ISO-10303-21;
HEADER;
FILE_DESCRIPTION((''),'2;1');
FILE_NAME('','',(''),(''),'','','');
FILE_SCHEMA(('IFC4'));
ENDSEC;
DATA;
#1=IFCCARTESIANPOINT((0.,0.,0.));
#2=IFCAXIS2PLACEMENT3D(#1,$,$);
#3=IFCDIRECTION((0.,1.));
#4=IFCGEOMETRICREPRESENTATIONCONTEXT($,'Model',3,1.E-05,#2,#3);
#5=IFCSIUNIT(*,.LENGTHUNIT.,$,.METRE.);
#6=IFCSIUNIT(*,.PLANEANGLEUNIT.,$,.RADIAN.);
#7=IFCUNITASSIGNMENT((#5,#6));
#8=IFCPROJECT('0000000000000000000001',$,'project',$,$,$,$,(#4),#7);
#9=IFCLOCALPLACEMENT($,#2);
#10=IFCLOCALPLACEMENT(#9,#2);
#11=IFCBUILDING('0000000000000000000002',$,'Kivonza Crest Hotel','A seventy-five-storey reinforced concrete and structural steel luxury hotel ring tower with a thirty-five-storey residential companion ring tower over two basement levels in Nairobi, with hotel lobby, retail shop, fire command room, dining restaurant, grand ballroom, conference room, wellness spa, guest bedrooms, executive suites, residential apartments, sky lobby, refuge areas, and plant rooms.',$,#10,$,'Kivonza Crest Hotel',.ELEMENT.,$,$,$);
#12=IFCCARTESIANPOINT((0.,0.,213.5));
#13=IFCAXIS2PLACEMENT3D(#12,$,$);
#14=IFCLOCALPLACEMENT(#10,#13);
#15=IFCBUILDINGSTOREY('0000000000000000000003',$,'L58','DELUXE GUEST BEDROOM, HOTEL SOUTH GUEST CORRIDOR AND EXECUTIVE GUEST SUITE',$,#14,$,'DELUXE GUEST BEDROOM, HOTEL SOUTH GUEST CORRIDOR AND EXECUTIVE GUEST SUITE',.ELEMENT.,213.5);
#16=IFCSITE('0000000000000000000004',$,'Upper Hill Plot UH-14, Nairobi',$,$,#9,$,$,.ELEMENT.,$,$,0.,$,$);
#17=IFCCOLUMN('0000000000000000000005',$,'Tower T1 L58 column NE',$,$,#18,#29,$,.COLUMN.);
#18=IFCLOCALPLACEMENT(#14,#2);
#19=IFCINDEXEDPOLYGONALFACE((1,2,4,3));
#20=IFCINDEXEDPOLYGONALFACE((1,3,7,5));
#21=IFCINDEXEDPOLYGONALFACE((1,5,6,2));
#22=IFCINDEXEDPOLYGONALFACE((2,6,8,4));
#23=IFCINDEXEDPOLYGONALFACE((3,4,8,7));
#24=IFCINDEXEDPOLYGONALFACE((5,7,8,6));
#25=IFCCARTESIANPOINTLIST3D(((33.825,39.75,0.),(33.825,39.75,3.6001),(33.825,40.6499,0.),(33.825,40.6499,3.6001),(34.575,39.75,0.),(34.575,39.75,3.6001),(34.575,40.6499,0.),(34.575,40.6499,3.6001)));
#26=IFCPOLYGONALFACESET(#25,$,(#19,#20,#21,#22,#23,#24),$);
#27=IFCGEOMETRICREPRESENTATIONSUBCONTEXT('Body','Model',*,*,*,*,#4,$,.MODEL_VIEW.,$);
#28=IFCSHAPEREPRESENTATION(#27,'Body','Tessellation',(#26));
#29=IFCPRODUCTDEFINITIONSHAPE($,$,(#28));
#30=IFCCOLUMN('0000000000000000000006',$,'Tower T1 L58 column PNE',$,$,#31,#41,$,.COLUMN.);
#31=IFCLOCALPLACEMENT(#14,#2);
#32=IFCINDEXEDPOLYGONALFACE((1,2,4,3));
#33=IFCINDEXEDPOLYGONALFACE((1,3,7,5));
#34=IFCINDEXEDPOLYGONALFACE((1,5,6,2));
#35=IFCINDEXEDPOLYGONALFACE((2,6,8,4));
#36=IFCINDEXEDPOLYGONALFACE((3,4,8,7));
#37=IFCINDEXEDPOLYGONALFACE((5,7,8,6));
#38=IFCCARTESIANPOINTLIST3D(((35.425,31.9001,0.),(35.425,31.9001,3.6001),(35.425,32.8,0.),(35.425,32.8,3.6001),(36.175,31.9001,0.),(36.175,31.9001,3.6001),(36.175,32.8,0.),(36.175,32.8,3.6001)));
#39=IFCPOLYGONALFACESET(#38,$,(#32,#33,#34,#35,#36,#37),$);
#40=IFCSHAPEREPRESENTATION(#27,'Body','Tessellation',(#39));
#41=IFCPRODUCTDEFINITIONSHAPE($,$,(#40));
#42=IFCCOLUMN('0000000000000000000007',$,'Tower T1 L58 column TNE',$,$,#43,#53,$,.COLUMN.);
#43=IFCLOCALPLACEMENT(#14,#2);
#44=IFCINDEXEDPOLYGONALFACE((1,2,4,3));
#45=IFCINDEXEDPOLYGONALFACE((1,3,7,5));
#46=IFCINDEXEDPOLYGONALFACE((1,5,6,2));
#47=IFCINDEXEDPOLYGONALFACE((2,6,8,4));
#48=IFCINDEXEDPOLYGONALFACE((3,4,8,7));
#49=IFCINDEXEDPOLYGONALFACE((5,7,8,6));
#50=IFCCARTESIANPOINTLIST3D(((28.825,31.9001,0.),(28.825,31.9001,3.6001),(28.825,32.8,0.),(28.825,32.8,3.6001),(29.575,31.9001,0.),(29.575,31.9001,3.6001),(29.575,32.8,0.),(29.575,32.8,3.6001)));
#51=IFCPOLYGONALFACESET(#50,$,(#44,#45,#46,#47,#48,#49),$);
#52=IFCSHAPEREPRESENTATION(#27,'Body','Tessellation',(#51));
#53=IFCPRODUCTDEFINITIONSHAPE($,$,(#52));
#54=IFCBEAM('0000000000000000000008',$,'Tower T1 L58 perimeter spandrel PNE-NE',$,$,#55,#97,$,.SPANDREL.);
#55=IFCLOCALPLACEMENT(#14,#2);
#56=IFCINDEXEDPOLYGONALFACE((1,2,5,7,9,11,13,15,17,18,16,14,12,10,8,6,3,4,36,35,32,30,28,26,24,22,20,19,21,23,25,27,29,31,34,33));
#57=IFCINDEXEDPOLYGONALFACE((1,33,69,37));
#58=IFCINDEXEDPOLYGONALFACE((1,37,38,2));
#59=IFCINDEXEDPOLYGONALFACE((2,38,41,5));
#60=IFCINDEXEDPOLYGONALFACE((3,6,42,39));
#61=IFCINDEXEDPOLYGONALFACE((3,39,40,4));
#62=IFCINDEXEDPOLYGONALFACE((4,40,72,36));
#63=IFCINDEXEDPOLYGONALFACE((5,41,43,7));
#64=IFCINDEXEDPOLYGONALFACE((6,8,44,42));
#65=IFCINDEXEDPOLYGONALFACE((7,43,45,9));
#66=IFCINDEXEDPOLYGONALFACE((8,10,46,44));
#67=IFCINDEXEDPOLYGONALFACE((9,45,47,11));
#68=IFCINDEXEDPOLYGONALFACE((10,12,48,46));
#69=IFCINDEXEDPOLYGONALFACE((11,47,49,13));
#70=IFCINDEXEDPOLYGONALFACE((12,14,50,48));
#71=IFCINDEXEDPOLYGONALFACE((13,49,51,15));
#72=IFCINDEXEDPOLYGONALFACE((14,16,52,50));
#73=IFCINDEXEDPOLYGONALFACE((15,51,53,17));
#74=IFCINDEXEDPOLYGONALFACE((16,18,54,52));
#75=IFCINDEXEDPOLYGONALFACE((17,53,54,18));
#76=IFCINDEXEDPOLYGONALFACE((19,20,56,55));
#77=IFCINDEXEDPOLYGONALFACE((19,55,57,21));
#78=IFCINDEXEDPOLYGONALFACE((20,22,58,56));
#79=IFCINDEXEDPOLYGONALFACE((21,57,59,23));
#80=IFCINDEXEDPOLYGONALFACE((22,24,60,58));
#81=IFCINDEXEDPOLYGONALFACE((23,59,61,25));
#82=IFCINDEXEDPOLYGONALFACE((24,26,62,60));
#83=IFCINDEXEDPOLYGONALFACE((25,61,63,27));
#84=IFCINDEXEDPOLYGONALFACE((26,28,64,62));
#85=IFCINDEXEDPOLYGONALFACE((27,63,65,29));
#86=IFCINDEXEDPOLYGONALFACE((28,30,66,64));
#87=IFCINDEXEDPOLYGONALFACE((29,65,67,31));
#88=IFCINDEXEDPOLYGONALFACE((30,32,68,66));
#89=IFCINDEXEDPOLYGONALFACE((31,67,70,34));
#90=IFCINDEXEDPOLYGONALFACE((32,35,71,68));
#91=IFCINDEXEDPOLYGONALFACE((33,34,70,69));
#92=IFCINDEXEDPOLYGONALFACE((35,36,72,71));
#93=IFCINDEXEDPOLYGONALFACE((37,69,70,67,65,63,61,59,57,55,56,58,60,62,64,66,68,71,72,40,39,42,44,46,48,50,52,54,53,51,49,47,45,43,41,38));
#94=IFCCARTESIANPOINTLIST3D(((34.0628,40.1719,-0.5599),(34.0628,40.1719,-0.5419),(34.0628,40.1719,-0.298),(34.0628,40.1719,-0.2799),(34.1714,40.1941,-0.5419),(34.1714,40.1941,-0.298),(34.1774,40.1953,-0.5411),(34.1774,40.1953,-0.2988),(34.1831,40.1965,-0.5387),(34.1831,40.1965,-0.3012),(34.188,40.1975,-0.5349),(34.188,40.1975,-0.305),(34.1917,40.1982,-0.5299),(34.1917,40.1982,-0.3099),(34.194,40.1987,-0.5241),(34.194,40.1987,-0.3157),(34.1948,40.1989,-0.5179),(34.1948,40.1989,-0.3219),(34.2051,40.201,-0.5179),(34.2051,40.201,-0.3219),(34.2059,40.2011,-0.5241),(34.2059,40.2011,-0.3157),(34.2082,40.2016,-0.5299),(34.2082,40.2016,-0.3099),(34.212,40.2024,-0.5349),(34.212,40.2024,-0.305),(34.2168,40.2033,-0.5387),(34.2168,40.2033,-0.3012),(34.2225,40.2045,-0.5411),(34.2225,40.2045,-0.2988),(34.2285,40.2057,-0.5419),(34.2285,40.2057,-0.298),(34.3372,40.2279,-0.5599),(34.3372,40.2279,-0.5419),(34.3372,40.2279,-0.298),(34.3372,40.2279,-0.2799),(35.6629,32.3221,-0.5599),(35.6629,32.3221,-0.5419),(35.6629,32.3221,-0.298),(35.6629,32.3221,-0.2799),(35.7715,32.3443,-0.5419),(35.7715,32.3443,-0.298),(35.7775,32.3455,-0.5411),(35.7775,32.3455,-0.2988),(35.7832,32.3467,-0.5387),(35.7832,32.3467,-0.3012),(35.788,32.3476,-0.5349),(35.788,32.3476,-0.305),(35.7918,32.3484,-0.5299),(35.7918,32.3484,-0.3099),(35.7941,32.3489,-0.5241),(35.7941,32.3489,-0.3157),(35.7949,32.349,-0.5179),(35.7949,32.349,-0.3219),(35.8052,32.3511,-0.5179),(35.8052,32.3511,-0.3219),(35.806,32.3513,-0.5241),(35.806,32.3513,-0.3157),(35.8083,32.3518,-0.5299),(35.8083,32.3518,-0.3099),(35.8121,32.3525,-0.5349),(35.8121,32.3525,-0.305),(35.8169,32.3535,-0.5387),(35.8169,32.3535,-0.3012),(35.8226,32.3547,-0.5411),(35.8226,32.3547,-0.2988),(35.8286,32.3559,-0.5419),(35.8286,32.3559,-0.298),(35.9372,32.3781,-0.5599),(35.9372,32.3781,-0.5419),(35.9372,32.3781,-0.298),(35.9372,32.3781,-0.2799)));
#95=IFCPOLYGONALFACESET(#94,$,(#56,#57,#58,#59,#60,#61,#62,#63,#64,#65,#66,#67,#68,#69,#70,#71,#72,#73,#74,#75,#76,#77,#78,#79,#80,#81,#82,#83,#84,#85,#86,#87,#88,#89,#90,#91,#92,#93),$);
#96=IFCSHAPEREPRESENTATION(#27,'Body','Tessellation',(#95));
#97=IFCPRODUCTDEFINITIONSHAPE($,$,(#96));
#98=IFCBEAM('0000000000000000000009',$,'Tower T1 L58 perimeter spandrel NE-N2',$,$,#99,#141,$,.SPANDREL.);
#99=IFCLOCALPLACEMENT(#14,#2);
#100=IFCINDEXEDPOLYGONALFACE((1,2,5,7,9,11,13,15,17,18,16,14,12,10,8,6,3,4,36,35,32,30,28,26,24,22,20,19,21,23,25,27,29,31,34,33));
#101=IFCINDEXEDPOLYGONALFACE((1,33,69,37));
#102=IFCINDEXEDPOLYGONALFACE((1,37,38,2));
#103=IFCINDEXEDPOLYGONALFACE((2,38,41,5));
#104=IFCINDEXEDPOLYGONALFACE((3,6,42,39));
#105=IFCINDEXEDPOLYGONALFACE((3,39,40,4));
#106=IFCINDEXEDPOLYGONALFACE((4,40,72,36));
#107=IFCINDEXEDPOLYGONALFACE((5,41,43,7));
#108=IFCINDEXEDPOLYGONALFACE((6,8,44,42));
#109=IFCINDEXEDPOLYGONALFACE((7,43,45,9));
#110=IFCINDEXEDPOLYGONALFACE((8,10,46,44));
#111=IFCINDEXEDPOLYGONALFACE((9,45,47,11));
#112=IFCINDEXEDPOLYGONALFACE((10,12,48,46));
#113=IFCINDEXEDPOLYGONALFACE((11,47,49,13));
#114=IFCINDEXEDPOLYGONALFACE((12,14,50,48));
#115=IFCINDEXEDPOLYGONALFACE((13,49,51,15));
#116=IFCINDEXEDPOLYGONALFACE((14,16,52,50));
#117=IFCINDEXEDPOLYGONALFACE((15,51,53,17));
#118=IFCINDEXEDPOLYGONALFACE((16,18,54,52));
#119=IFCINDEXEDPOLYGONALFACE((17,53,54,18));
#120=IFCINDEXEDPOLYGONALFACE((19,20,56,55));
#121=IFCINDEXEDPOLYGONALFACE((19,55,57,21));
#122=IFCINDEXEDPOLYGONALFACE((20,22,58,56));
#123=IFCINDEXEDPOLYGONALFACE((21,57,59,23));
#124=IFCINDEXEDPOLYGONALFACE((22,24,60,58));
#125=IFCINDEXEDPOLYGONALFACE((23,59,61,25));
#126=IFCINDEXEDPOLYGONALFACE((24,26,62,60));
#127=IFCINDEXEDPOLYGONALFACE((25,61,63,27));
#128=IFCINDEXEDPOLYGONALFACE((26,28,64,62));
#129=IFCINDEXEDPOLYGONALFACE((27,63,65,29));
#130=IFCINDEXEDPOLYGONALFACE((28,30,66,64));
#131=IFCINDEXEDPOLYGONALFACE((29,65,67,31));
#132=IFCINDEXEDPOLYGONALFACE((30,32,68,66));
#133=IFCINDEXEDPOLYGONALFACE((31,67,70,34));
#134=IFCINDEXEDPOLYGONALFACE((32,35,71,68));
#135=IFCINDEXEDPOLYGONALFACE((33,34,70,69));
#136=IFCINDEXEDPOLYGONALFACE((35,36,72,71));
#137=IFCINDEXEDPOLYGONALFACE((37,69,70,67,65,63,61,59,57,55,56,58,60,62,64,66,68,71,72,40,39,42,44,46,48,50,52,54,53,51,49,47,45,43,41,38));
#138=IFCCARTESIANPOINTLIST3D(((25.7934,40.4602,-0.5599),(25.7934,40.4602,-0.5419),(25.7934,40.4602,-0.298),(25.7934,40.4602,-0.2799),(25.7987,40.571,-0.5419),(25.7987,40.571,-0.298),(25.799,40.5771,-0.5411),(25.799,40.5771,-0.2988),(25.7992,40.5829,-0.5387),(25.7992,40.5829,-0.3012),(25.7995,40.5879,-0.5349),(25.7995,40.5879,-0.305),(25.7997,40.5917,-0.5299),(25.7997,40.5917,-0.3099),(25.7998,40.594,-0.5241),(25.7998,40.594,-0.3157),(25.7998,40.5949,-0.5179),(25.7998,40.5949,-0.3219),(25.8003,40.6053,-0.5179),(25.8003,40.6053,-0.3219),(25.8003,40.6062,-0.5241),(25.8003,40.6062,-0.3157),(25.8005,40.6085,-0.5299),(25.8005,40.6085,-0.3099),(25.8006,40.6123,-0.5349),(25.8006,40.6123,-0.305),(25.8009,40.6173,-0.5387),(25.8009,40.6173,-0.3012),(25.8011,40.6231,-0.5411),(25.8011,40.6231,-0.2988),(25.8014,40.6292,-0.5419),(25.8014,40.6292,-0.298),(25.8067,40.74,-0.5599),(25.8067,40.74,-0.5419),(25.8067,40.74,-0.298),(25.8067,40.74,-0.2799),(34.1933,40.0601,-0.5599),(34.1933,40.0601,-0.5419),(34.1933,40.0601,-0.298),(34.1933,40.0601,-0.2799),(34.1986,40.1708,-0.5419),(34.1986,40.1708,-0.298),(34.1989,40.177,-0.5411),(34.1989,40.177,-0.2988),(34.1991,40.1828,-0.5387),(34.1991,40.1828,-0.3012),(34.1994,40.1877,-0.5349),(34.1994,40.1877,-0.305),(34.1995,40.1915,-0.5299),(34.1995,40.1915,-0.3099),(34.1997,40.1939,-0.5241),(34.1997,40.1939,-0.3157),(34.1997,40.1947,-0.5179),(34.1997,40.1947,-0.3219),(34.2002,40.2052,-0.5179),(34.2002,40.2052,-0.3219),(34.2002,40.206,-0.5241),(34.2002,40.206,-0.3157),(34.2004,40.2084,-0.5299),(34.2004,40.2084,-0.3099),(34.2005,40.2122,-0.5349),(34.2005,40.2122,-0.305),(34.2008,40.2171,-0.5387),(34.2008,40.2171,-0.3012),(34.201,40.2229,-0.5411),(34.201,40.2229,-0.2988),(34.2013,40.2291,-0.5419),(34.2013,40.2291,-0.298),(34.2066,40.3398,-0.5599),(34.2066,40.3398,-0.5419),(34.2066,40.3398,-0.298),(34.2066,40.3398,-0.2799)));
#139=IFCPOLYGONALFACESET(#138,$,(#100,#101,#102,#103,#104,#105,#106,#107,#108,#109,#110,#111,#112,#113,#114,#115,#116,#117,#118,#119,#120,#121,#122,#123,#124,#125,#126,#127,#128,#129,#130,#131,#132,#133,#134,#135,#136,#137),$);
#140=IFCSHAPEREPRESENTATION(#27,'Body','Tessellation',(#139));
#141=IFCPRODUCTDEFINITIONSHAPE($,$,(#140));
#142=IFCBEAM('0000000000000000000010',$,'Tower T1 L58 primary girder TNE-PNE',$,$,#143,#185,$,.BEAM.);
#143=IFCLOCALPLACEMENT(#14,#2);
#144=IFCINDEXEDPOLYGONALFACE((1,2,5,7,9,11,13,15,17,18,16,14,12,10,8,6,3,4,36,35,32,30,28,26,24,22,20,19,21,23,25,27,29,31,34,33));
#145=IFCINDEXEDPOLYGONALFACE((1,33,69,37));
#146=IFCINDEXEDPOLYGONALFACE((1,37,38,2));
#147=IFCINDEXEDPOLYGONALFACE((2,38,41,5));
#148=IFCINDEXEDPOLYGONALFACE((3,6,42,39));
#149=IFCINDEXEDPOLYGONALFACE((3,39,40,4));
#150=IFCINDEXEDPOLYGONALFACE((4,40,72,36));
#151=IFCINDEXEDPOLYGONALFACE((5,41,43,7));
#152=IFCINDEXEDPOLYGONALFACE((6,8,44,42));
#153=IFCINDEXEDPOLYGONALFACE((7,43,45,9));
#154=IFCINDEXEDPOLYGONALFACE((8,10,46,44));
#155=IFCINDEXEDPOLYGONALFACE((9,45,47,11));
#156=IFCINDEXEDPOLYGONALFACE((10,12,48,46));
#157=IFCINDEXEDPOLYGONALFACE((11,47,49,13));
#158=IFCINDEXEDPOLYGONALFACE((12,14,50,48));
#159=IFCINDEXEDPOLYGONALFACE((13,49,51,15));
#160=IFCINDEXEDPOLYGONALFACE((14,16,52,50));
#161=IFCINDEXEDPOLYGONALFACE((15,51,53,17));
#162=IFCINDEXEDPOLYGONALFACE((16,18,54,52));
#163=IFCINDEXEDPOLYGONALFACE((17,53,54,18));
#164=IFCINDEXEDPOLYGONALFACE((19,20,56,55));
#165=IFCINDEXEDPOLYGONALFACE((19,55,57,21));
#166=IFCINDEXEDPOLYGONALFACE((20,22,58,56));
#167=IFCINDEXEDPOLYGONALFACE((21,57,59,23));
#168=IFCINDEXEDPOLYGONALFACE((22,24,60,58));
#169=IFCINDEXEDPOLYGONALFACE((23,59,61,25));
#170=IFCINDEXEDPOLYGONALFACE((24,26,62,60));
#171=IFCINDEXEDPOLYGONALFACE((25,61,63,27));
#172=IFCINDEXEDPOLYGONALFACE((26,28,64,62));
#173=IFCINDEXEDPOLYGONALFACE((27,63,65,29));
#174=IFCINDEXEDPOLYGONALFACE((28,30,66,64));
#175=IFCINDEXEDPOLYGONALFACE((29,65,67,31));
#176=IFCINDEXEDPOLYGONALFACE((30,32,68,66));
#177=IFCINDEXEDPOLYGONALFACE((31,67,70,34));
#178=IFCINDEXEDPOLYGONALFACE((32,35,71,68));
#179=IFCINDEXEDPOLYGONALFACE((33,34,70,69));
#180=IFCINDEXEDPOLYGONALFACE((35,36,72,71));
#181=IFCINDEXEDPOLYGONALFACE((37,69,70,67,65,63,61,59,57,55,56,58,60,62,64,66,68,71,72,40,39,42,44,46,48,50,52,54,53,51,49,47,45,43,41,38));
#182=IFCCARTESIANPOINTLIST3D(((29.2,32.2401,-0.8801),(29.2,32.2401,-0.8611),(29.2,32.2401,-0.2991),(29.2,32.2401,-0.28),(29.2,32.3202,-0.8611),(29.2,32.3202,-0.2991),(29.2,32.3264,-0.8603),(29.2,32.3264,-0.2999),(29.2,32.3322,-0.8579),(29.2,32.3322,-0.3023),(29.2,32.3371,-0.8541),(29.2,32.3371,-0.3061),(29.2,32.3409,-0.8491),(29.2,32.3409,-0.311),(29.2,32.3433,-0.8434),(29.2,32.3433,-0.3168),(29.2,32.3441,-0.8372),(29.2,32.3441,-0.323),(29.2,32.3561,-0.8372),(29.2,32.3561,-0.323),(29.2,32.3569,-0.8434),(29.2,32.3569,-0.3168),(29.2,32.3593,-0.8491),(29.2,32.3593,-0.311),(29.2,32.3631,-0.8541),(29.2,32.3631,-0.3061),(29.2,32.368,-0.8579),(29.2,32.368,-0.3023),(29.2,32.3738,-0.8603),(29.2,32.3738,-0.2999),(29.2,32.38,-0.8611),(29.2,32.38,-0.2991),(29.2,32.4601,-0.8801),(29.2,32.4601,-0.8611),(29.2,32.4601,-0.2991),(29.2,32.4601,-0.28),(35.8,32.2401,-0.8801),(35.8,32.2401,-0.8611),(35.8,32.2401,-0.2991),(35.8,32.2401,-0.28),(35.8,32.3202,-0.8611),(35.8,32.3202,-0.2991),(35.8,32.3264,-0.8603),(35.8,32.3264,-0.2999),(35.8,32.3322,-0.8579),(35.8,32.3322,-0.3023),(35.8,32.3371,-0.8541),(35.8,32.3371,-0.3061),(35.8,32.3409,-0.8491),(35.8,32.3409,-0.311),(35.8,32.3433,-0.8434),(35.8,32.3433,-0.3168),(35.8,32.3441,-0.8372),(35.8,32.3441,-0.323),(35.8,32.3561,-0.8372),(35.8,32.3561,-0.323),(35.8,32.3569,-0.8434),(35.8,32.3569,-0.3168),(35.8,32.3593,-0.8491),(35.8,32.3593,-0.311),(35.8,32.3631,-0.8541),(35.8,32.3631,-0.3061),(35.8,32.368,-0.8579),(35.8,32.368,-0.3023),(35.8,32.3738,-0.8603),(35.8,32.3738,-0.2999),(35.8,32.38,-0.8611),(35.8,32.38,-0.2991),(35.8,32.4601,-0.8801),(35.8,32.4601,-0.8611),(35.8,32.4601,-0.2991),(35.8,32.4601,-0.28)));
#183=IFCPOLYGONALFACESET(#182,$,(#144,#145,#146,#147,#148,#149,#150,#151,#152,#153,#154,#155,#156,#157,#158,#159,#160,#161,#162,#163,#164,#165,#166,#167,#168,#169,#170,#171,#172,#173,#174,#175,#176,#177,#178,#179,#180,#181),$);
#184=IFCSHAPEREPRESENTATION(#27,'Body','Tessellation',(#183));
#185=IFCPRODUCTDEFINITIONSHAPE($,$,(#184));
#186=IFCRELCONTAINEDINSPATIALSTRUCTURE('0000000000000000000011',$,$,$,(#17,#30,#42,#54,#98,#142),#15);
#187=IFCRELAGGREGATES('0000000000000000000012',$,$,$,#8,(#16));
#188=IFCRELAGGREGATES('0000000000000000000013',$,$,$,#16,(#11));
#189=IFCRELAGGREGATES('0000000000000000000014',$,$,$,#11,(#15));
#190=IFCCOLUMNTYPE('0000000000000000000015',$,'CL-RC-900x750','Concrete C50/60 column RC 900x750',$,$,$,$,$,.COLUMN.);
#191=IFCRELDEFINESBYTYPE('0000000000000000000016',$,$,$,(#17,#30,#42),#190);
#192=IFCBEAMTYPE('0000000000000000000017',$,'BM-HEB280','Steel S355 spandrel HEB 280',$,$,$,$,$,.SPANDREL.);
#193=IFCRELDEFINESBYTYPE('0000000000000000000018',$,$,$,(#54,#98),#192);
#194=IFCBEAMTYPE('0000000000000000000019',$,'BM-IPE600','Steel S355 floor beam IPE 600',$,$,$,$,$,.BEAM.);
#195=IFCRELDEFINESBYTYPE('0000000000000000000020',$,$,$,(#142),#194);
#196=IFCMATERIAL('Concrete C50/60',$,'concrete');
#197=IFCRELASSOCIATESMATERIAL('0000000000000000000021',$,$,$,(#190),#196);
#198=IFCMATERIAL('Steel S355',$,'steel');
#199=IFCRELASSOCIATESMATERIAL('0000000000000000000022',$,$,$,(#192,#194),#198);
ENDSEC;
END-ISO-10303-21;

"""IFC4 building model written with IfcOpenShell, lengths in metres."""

from ifc_helpers import new_model, si_unit, direction, frame, origin, origin_2d, place, context, subcontext, project, spatial, rectangle, i_section, extrude, material, material_profile, profile_set, type_object, element, save


model = new_model("IFC4")

# Units and contexts
model_context = context("Model", 3, precision=1e-05, world=origin(), true_north=direction((0.0, 1.0)))
body_context = subcontext(model_context, "Body", "Model", "MODEL_VIEW")
ifc_project = project(units=[si_unit("LENGTHUNIT", "METRE"), si_unit("PLANEANGLEUNIT", "RADIAN")], contexts=[model_context])

# Site, building, storey
site_placement = place(None, origin())
site = spatial("IfcSite", under=ifc_project, at=site_placement, Name="Upper Hill Plot UH-14, Nairobi", CompositionType="ELEMENT", RefElevation=0.0)
building_placement = place(site_placement, origin())
building = spatial("IfcBuilding", under=site, at=building_placement, Name="Kivonza Crest Hotel", Description="A seventy-five-storey reinforced concrete and structural steel luxury hotel ring tower with a thirty-five-storey residential companion ring tower over two basement levels in Nairobi, with hotel lobby, retail shop, fire command room, dining restaurant, grand ballroom, conference room, wellness spa, guest bedrooms, executive suites, residential apartments, sky lobby, refuge areas, and plant rooms.", LongName="Kivonza Crest Hotel", CompositionType="ELEMENT")
storey_placement = place(building_placement, frame((0.0, 0.0, 213.5)))
storey = spatial("IfcBuildingStorey", under=building, at=storey_placement, Name="L58", Description="DELUXE GUEST BEDROOM, HOTEL SOUTH GUEST CORRIDOR AND EXECUTIVE GUEST SUITE", LongName="DELUXE GUEST BEDROOM, HOTEL SOUTH GUEST CORRIDOR AND EXECUTIVE GUEST SUITE", CompositionType="ELEMENT", Elevation=213.5)

# Columns
ifc_material_1 = material(Name="Concrete C50/60", Category="concrete")
ifc_material_profile_1 = material_profile(ifc_material_1, rectangle(XDim=0.75, YDim=0.8999, at=origin_2d()), Name="RC 900x750")
ifc_profile_set_1 = profile_set([ifc_material_profile_1], Name="Concrete C50/60")
column_type = type_object("IfcColumnType", Name="CL-RC-900x750", Description="Concrete C50/60 column RC 900x750", PredefinedType="COLUMN", material=ifc_profile_set_1)
for number, where, z_axis, x_axis, name in (
    (1, (34.2, 40.2, 0.0), (0.0, 0.0, 1.0), (1.0, 0.0, 0.0), "Tower T1 L58 column NE"),
    (2, (35.8, 32.3501, 0.0), (0.0, 0.0, 1.0), (1.0, 0.0, 0.0), "Tower T1 L58 column PNE"),
    (3, (29.2, 32.3501, 0.0), (0.0, 0.0, 1.0), (1.0, 0.0, 0.0), "Tower T1 L58 column TNE"),
):
    element("IfcColumn", number, at=place(storey_placement, frame(where, z_axis=z_axis, x_axis=x_axis)), inside=storey, type_object=column_type, Name=name, PredefinedType="COLUMN", context=body_context, shape_type="SweptSolid", body=[
        extrude(rectangle(XDim=0.75, YDim=0.8999, at=origin_2d()), origin(), (0.0, 0.0, 1.0), 3.6001),
    ])

# Beams
ifc_material_2 = material(Name="Steel S355", Category="steel")
ifc_material_profile_2 = material_profile(ifc_material_2, i_section(OverallWidth=0.28, OverallDepth=0.28, WebThickness=0.0105, FlangeThickness=0.0181, FilletRadius=0.0239, at=origin_2d()), Name="HEB 280")
ifc_profile_set_2 = profile_set([ifc_material_profile_2], Name="Steel S355")
beam_type_1 = type_object("IfcBeamType", Name="BM-HEB280", Description="Steel S355 spandrel HEB 280", PredefinedType="SPANDREL", material=ifc_profile_set_2)
beam_1_placement = place(storey_placement, frame((35.8, 32.3501, -0.4199), z_axis=(-0.199731, 0.979851, 0.0), x_axis=(-0.979851, -0.199731, 0.0)))
element("IfcBeam", 4, at=beam_1_placement, inside=storey, type_object=beam_type_1, Name="Tower T1 L58 perimeter spandrel PNE-NE", PredefinedType="SPANDREL", context=body_context, shape_type="SweptSolid", body=[
    extrude(i_section(OverallWidth=0.28, OverallDepth=0.28, WebThickness=0.0105, FlangeThickness=0.0181, FilletRadius=0.0239, at=origin_2d()), origin(), (0.0, 0.0, 1.0), 8.0112),
])
beam_2_placement = place(storey_placement, frame((34.2, 40.2, -0.4199), z_axis=(-0.998867, 0.047583, 0.0), x_axis=(-0.047583, -0.998867, 0.0)))
element("IfcBeam", 5, at=beam_2_placement, inside=storey, type_object=beam_type_1, Name="Tower T1 L58 perimeter spandrel NE-N2", PredefinedType="SPANDREL", context=body_context, shape_type="SweptSolid", body=[
    extrude(i_section(OverallWidth=0.28, OverallDepth=0.28, WebThickness=0.0105, FlangeThickness=0.0181, FilletRadius=0.0239, at=origin_2d()), origin(), (0.0, 0.0, 1.0), 8.4094),
])
ifc_material_profile_3 = material_profile(ifc_material_2, i_section(OverallWidth=0.22, OverallDepth=0.6001, WebThickness=0.012, FlangeThickness=0.019, FilletRadius=0.0239, at=origin_2d()), Name="IPE 600")
ifc_profile_set_3 = profile_set([ifc_material_profile_3], Name="Steel S355")
beam_type_2 = type_object("IfcBeamType", Name="BM-IPE600", Description="Steel S355 floor beam IPE 600", PredefinedType="BEAM", material=ifc_profile_set_3)
beam_3_placement = place(storey_placement, frame((29.2, 32.3501, -0.5801), z_axis=(1.0, 0.0, 0.0), x_axis=(0.0, 1.0, 0.0)))
element("IfcBeam", 6, at=beam_3_placement, inside=storey, type_object=beam_type_2, Name="Tower T1 L58 primary girder TNE-PNE", PredefinedType="BEAM", context=body_context, shape_type="SweptSolid", body=[
    extrude(i_section(OverallWidth=0.22, OverallDepth=0.6001, WebThickness=0.012, FlangeThickness=0.019, FilletRadius=0.0239, at=origin_2d()), origin(), (0.0, 0.0, 1.0), 6.6001),
])

save(model, "model.ifc")
